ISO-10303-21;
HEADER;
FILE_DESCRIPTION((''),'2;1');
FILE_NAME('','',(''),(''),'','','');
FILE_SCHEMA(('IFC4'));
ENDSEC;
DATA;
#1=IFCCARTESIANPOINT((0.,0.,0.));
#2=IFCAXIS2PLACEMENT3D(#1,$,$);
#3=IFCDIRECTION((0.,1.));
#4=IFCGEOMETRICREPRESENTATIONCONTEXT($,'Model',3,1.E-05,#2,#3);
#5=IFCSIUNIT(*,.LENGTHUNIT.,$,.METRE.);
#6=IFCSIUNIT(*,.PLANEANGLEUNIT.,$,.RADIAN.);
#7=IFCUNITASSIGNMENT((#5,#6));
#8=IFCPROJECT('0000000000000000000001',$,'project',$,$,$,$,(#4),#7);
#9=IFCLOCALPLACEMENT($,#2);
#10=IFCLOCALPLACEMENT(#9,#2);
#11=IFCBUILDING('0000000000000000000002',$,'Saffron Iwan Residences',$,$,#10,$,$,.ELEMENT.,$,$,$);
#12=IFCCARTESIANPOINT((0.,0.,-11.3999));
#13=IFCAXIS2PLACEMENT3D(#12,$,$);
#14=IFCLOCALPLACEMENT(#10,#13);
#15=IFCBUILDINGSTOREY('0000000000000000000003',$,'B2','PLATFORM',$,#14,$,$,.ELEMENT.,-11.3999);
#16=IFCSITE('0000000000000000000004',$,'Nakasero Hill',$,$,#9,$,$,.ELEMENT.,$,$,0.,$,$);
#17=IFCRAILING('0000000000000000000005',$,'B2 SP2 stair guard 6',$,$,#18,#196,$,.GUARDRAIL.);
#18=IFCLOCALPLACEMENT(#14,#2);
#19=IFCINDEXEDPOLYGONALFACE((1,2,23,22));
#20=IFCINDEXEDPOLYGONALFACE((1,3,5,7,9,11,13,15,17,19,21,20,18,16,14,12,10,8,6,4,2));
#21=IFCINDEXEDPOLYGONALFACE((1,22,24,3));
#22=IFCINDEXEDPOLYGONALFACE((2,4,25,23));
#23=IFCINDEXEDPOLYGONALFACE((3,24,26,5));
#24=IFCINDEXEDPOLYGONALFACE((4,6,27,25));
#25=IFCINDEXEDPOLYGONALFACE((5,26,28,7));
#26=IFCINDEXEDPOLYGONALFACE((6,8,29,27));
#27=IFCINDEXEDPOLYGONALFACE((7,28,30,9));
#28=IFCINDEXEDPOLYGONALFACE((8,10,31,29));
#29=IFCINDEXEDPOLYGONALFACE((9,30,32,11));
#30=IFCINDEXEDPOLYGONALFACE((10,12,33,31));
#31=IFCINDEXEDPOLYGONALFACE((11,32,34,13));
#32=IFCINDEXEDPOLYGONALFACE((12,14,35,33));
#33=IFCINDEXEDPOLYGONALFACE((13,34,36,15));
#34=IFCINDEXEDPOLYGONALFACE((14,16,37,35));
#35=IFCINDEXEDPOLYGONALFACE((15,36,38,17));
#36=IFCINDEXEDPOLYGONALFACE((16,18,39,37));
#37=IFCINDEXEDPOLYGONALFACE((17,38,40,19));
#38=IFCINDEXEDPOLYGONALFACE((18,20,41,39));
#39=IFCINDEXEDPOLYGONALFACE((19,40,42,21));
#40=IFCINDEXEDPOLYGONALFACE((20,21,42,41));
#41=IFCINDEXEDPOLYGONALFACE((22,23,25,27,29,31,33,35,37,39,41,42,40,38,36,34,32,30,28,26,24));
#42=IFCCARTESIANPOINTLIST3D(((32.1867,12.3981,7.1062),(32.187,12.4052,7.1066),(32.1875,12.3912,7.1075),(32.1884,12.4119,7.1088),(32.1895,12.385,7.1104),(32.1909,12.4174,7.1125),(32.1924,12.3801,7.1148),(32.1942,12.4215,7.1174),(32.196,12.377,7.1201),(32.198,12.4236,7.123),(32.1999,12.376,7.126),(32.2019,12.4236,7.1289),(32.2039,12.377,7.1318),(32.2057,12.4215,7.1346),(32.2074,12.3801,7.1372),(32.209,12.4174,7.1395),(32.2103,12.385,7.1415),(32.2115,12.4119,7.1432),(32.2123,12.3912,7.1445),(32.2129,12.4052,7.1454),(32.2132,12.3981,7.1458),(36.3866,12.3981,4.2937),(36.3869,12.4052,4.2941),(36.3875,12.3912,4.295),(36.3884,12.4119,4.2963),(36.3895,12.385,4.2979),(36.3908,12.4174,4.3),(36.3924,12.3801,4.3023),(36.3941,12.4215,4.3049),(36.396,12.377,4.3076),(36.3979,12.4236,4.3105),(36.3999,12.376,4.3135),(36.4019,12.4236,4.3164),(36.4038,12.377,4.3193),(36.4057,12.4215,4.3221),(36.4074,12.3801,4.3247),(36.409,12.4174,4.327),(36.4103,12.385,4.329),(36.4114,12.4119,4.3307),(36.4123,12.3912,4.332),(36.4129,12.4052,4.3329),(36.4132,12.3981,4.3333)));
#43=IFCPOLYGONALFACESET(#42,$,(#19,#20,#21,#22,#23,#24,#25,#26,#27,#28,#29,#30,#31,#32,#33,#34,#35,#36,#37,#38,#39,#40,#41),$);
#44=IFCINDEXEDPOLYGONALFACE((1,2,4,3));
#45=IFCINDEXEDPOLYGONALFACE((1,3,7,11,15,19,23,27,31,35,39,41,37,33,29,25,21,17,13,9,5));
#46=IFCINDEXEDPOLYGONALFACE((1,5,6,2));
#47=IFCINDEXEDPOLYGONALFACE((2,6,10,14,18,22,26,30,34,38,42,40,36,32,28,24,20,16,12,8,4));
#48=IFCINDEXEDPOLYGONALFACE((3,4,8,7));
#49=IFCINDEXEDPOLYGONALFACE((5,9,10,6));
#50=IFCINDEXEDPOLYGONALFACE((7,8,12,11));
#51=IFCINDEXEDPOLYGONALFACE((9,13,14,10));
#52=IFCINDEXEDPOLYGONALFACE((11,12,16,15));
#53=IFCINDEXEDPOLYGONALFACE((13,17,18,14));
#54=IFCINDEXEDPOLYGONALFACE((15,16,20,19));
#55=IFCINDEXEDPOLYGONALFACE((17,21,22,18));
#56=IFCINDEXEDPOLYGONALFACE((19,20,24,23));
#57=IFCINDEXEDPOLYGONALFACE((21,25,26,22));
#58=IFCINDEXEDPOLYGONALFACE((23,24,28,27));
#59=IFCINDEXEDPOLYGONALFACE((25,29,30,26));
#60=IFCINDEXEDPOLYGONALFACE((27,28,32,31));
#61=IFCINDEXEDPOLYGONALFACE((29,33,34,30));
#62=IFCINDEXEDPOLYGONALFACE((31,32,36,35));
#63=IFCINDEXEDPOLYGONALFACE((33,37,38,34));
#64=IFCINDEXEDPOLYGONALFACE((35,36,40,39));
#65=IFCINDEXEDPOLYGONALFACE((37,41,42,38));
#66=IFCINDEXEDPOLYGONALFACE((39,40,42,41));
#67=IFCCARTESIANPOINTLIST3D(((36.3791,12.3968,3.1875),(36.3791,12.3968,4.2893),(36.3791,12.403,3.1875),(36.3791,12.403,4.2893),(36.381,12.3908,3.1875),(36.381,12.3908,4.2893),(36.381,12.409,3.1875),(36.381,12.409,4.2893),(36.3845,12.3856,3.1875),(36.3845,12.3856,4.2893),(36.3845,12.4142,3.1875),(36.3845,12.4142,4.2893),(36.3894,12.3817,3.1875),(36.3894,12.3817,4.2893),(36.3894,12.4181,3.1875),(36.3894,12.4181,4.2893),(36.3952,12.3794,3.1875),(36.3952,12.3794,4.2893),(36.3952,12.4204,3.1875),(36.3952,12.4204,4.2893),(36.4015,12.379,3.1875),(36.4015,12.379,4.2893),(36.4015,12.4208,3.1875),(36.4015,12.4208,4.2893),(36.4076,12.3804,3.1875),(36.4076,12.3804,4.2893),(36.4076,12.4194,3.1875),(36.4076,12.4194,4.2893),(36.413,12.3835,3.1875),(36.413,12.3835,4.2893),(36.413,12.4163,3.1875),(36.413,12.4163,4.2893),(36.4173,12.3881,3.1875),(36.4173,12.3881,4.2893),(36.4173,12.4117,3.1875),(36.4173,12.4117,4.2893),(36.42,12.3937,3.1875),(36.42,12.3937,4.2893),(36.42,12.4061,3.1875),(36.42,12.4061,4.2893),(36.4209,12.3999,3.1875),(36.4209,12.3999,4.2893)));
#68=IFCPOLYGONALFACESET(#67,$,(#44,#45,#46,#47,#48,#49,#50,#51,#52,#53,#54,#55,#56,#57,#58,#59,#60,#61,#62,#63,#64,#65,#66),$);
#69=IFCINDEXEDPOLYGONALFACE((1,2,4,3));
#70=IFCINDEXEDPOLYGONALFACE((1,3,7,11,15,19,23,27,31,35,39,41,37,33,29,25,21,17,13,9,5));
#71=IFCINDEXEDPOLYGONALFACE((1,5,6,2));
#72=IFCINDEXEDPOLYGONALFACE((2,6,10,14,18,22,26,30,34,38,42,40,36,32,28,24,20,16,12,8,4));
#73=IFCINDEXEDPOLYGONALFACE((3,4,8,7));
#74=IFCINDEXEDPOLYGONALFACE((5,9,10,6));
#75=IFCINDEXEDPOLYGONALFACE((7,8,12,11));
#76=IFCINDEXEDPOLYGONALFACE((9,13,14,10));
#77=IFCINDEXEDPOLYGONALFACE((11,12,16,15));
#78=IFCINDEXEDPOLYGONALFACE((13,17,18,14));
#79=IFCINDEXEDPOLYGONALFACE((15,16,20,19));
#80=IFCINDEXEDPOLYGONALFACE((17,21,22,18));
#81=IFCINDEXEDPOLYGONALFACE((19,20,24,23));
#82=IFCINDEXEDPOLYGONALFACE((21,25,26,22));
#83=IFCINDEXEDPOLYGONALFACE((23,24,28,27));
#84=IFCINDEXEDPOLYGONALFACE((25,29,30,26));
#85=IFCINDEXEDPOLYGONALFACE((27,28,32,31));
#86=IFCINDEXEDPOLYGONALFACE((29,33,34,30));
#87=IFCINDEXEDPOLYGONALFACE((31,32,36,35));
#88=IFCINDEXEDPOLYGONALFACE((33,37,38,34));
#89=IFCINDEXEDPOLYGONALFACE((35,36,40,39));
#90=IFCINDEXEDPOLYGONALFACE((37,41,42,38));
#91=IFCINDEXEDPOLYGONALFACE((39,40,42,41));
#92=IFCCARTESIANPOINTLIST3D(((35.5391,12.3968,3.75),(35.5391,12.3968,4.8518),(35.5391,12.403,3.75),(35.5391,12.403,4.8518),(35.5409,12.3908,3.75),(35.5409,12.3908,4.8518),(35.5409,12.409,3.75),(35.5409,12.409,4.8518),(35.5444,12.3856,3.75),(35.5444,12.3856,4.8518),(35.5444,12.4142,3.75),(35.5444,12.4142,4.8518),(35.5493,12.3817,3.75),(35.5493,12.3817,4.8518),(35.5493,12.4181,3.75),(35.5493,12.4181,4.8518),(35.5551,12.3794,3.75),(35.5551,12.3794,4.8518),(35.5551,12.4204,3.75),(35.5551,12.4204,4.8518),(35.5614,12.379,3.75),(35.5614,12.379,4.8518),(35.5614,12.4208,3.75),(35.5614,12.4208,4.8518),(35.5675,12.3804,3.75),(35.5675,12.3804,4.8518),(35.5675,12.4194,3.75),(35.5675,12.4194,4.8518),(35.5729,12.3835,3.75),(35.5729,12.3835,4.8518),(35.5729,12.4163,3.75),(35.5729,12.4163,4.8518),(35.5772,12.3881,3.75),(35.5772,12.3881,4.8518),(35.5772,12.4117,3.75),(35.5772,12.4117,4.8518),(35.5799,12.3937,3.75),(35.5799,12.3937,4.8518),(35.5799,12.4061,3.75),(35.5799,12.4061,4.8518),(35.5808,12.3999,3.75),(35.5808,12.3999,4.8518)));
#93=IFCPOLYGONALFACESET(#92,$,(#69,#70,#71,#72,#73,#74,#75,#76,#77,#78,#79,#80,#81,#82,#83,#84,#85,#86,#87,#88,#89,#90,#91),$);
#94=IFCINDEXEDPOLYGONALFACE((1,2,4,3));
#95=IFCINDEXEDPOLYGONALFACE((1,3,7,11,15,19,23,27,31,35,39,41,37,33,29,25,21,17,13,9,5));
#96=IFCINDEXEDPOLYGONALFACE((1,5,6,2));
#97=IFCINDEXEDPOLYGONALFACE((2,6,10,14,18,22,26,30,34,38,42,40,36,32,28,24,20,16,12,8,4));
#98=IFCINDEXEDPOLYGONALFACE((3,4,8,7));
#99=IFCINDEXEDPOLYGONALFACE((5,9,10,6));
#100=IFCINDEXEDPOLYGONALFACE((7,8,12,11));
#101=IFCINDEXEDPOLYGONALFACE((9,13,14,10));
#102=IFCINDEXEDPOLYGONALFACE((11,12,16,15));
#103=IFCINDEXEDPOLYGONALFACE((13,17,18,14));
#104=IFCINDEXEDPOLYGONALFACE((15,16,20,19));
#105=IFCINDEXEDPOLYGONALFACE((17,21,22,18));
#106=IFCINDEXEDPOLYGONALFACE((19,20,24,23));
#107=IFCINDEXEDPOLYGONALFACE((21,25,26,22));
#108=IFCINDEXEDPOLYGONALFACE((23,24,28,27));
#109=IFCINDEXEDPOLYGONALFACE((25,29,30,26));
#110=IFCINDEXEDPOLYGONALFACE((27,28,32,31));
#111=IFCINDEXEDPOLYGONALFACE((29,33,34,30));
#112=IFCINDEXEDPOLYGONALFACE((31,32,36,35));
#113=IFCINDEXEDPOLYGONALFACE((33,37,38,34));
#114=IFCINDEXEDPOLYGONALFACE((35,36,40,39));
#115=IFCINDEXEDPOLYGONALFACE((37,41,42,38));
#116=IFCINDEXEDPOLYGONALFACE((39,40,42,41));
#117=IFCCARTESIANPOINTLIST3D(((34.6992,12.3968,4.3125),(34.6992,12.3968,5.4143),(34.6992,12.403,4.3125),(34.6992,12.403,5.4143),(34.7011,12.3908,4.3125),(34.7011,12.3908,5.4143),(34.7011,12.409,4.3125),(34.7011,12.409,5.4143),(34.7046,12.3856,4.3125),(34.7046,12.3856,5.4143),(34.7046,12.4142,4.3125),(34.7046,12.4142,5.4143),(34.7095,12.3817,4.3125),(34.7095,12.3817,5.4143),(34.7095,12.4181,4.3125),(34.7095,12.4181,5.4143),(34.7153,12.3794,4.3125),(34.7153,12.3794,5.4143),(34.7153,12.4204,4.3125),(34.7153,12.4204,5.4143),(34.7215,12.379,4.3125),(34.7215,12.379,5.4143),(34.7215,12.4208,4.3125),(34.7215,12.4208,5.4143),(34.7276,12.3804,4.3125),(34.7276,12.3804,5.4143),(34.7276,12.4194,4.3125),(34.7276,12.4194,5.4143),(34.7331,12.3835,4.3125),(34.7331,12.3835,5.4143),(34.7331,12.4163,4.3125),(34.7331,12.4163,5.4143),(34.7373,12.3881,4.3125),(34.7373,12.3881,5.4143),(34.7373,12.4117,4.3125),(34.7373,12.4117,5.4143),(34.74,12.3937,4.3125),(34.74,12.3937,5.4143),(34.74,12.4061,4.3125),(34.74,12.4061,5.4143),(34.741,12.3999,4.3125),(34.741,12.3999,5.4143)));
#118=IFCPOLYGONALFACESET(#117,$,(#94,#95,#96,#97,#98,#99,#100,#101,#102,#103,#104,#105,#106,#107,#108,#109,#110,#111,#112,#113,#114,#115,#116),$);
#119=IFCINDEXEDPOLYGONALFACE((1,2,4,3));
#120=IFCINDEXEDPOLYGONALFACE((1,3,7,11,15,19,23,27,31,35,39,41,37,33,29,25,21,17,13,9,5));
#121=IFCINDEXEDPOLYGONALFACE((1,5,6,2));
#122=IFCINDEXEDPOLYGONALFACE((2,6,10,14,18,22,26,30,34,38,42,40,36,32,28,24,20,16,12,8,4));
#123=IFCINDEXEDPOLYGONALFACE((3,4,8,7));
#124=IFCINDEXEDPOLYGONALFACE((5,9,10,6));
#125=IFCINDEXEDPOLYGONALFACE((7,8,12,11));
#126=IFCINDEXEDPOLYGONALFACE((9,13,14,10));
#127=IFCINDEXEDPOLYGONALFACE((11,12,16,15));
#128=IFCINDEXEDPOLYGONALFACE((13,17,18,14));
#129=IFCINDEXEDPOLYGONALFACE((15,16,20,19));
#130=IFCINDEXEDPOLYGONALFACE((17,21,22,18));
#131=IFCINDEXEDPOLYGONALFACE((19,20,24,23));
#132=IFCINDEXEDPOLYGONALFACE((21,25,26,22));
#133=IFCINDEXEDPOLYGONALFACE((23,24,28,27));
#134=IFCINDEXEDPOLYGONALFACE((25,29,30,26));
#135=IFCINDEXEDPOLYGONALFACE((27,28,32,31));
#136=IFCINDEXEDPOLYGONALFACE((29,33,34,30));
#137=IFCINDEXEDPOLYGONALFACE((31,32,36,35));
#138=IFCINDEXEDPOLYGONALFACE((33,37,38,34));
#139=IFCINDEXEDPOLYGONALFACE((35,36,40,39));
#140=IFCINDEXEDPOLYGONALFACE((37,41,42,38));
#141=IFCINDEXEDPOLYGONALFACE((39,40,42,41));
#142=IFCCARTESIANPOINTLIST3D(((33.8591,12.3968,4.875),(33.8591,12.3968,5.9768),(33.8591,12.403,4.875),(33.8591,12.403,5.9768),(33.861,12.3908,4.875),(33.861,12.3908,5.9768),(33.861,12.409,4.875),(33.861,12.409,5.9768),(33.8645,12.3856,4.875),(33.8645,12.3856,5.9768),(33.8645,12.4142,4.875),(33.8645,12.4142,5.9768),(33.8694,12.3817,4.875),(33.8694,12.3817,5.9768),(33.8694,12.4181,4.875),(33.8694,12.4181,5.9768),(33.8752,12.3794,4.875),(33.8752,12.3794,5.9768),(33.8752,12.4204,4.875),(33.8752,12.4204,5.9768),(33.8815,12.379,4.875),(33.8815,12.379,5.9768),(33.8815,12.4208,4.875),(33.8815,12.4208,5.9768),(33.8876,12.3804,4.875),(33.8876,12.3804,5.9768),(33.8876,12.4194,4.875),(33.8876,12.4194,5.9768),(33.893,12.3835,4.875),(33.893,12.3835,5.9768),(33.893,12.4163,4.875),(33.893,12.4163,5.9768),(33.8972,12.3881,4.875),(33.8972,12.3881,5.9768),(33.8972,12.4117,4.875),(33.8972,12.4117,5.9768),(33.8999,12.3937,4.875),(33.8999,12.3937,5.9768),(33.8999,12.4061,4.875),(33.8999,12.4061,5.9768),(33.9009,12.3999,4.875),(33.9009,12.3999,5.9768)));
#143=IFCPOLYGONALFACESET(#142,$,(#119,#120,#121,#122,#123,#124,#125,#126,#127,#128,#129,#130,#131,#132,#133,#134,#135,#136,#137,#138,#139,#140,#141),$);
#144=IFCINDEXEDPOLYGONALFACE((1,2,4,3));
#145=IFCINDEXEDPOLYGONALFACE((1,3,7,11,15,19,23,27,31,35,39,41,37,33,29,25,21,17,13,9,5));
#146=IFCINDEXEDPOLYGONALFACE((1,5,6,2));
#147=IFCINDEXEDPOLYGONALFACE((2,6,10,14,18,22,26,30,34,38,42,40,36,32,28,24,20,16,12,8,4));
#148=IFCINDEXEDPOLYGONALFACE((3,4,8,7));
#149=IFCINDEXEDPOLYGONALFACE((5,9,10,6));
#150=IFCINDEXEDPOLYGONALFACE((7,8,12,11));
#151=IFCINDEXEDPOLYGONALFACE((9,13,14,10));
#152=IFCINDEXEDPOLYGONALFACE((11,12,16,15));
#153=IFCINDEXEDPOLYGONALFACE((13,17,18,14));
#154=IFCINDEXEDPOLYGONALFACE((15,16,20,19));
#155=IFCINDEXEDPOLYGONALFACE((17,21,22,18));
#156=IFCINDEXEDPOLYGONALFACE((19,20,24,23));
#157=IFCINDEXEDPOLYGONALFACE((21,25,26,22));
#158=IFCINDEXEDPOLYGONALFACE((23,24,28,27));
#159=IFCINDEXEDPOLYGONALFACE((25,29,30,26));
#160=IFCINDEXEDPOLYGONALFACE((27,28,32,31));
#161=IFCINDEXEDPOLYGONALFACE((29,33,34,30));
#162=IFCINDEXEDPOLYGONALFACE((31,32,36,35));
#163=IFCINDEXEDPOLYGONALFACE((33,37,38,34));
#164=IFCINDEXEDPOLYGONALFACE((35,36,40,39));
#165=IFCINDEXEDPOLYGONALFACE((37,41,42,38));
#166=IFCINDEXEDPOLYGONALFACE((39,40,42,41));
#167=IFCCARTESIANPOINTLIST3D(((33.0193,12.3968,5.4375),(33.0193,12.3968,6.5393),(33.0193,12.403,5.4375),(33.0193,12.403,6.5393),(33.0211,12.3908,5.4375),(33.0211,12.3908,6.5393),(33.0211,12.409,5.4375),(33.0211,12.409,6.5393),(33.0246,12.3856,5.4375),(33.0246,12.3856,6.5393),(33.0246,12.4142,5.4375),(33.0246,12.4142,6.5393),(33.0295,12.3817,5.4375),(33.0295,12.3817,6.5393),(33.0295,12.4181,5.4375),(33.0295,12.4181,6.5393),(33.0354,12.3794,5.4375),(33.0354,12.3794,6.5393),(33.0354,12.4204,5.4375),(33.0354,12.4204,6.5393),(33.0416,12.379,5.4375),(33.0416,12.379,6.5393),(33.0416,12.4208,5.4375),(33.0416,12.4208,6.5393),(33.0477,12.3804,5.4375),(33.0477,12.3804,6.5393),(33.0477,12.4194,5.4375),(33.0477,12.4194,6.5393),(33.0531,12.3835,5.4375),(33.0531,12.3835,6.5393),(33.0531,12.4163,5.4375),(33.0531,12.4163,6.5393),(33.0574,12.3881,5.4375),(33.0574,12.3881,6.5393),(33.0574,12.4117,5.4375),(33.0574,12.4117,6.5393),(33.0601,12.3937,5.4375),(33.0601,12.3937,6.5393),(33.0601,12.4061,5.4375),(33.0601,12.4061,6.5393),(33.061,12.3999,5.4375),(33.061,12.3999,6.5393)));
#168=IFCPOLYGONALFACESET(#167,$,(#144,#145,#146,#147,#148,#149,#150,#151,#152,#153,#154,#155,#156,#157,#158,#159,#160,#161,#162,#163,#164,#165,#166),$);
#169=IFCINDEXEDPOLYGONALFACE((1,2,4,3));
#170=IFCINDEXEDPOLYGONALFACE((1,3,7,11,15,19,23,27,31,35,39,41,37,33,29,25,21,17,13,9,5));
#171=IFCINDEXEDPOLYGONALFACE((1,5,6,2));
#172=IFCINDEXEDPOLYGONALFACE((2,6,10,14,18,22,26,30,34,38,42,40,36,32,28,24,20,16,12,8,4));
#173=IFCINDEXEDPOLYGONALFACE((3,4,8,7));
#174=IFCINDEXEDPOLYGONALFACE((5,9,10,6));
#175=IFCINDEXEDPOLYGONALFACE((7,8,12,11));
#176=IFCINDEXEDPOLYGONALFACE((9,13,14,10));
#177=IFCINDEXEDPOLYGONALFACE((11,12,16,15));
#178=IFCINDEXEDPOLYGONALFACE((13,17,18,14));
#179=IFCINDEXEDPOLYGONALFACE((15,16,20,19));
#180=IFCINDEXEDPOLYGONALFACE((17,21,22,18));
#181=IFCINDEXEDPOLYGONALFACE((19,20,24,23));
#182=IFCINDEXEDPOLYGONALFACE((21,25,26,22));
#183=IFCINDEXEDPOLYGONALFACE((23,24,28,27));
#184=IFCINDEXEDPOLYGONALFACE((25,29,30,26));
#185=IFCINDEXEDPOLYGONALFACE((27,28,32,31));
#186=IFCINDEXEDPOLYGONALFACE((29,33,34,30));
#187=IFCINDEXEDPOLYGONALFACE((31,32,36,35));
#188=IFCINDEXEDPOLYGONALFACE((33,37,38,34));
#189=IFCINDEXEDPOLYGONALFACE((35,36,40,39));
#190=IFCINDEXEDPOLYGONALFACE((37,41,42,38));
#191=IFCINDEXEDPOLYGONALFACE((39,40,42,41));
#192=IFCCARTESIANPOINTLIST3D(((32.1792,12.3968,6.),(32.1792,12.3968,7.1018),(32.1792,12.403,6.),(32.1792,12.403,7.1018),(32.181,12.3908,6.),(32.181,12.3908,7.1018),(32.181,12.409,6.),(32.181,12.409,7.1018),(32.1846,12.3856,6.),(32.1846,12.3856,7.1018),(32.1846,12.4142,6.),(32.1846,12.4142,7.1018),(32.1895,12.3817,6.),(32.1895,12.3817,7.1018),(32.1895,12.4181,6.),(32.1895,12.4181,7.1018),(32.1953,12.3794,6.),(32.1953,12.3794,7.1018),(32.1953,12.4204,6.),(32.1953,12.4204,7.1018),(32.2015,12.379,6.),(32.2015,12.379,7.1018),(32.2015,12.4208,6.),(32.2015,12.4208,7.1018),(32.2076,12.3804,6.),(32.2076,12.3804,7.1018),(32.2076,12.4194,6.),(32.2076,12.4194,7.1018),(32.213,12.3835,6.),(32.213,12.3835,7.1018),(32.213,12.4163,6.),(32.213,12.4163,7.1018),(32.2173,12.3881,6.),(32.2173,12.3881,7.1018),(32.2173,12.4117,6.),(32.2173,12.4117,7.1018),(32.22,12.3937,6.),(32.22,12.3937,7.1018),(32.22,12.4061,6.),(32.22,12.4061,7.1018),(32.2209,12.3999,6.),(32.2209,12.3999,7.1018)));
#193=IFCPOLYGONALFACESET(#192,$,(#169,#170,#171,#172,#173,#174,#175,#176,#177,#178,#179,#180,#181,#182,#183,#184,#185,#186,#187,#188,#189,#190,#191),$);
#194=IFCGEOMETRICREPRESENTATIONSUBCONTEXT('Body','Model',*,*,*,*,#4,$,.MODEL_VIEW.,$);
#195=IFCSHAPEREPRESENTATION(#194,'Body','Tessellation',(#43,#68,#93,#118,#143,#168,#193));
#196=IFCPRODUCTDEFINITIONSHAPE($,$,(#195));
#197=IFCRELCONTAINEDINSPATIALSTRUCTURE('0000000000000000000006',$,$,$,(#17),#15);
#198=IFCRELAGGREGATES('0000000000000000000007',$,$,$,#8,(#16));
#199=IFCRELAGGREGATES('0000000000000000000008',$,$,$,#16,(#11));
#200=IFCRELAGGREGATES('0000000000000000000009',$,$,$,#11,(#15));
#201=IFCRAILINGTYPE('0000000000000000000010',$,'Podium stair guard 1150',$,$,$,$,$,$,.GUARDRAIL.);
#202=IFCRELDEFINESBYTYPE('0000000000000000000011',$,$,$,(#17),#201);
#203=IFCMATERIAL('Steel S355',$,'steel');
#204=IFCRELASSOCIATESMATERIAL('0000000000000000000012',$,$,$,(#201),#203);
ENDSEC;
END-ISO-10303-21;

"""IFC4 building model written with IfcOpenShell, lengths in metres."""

from ifc_helpers import new_model, si_unit, direction, frame, origin, origin_2d, place, context, subcontext, project, spatial, circle, extrude, material, type_object, element, save


model = new_model("IFC4")

# Units and contexts
model_context = context("Model", 3, precision=1e-05, world=origin(), true_north=direction((0.0, 1.0)))
body_context = subcontext(model_context, "Body", "Model", "MODEL_VIEW")
ifc_project = project(units=[si_unit("LENGTHUNIT", "METRE"), si_unit("PLANEANGLEUNIT", "RADIAN")], contexts=[model_context])

# Site, building, storey
site_placement = place(None, origin())
site = spatial("IfcSite", under=ifc_project, at=site_placement, Name="Nakasero Hill", CompositionType="ELEMENT", RefElevation=0.0)
building_placement = place(site_placement, origin())
building = spatial("IfcBuilding", under=site, at=building_placement, Name="Saffron Iwan Residences", CompositionType="ELEMENT")
storey_placement = place(building_placement, frame((0.0, 0.0, -11.3999)))
storey = spatial("IfcBuildingStorey", under=building, at=storey_placement, Name="B2", Description="PLATFORM", CompositionType="ELEMENT", Elevation=-11.3999)

# Railing
ifc_material_1 = material(Name="Steel S355", Category="steel")
railing_type_1 = type_object("IfcRailingType", Name="Podium stair guard 1150", PredefinedType="GUARDRAIL", material=ifc_material_1)
railing_1_placement = place(storey_placement, frame((36.3999, 12.3999, 3.1875)))
element("IfcRailing", 1, at=railing_1_placement, inside=storey, type_object=railing_type_1, Name="B2 SP2 stair guard 6", PredefinedType="GUARDRAIL", context=body_context, shape_type="SweptSolid", body=[
    extrude(circle(Radius=0.0239, at=origin_2d()), frame((0.0, 0.0, 1.126), z_axis=(-0.830904, 0.0, 0.556416), x_axis=(0.0, -1.0, 0.0)), (0.0, 0.0, 1.0), 5.0547),
    extrude(circle(Radius=0.021, at=origin_2d()), origin(), (0.0, 0.0, 1.0), 1.1018),
    extrude(circle(Radius=0.021, at=origin_2d()), frame((-0.8401, 0.0, 0.5625)), (0.0, 0.0, 1.0), 1.1018),
    extrude(circle(Radius=0.021, at=origin_2d()), frame((-1.6799, 0.0, 1.125)), (0.0, 0.0, 1.0), 1.1018),
    extrude(circle(Radius=0.021, at=origin_2d()), frame((-2.52, 0.0, 1.6875)), (0.0, 0.0, 1.0), 1.1018),
    extrude(circle(Radius=0.021, at=origin_2d()), frame((-3.3599, 0.0, 2.25)), (0.0, 0.0, 1.0), 1.1018),
    extrude(circle(Radius=0.021, at=origin_2d()), frame((-4.2, 0.0, 2.8125)), (0.0, 0.0, 1.0), 1.1018),
])

save(model, "model.ifc")
